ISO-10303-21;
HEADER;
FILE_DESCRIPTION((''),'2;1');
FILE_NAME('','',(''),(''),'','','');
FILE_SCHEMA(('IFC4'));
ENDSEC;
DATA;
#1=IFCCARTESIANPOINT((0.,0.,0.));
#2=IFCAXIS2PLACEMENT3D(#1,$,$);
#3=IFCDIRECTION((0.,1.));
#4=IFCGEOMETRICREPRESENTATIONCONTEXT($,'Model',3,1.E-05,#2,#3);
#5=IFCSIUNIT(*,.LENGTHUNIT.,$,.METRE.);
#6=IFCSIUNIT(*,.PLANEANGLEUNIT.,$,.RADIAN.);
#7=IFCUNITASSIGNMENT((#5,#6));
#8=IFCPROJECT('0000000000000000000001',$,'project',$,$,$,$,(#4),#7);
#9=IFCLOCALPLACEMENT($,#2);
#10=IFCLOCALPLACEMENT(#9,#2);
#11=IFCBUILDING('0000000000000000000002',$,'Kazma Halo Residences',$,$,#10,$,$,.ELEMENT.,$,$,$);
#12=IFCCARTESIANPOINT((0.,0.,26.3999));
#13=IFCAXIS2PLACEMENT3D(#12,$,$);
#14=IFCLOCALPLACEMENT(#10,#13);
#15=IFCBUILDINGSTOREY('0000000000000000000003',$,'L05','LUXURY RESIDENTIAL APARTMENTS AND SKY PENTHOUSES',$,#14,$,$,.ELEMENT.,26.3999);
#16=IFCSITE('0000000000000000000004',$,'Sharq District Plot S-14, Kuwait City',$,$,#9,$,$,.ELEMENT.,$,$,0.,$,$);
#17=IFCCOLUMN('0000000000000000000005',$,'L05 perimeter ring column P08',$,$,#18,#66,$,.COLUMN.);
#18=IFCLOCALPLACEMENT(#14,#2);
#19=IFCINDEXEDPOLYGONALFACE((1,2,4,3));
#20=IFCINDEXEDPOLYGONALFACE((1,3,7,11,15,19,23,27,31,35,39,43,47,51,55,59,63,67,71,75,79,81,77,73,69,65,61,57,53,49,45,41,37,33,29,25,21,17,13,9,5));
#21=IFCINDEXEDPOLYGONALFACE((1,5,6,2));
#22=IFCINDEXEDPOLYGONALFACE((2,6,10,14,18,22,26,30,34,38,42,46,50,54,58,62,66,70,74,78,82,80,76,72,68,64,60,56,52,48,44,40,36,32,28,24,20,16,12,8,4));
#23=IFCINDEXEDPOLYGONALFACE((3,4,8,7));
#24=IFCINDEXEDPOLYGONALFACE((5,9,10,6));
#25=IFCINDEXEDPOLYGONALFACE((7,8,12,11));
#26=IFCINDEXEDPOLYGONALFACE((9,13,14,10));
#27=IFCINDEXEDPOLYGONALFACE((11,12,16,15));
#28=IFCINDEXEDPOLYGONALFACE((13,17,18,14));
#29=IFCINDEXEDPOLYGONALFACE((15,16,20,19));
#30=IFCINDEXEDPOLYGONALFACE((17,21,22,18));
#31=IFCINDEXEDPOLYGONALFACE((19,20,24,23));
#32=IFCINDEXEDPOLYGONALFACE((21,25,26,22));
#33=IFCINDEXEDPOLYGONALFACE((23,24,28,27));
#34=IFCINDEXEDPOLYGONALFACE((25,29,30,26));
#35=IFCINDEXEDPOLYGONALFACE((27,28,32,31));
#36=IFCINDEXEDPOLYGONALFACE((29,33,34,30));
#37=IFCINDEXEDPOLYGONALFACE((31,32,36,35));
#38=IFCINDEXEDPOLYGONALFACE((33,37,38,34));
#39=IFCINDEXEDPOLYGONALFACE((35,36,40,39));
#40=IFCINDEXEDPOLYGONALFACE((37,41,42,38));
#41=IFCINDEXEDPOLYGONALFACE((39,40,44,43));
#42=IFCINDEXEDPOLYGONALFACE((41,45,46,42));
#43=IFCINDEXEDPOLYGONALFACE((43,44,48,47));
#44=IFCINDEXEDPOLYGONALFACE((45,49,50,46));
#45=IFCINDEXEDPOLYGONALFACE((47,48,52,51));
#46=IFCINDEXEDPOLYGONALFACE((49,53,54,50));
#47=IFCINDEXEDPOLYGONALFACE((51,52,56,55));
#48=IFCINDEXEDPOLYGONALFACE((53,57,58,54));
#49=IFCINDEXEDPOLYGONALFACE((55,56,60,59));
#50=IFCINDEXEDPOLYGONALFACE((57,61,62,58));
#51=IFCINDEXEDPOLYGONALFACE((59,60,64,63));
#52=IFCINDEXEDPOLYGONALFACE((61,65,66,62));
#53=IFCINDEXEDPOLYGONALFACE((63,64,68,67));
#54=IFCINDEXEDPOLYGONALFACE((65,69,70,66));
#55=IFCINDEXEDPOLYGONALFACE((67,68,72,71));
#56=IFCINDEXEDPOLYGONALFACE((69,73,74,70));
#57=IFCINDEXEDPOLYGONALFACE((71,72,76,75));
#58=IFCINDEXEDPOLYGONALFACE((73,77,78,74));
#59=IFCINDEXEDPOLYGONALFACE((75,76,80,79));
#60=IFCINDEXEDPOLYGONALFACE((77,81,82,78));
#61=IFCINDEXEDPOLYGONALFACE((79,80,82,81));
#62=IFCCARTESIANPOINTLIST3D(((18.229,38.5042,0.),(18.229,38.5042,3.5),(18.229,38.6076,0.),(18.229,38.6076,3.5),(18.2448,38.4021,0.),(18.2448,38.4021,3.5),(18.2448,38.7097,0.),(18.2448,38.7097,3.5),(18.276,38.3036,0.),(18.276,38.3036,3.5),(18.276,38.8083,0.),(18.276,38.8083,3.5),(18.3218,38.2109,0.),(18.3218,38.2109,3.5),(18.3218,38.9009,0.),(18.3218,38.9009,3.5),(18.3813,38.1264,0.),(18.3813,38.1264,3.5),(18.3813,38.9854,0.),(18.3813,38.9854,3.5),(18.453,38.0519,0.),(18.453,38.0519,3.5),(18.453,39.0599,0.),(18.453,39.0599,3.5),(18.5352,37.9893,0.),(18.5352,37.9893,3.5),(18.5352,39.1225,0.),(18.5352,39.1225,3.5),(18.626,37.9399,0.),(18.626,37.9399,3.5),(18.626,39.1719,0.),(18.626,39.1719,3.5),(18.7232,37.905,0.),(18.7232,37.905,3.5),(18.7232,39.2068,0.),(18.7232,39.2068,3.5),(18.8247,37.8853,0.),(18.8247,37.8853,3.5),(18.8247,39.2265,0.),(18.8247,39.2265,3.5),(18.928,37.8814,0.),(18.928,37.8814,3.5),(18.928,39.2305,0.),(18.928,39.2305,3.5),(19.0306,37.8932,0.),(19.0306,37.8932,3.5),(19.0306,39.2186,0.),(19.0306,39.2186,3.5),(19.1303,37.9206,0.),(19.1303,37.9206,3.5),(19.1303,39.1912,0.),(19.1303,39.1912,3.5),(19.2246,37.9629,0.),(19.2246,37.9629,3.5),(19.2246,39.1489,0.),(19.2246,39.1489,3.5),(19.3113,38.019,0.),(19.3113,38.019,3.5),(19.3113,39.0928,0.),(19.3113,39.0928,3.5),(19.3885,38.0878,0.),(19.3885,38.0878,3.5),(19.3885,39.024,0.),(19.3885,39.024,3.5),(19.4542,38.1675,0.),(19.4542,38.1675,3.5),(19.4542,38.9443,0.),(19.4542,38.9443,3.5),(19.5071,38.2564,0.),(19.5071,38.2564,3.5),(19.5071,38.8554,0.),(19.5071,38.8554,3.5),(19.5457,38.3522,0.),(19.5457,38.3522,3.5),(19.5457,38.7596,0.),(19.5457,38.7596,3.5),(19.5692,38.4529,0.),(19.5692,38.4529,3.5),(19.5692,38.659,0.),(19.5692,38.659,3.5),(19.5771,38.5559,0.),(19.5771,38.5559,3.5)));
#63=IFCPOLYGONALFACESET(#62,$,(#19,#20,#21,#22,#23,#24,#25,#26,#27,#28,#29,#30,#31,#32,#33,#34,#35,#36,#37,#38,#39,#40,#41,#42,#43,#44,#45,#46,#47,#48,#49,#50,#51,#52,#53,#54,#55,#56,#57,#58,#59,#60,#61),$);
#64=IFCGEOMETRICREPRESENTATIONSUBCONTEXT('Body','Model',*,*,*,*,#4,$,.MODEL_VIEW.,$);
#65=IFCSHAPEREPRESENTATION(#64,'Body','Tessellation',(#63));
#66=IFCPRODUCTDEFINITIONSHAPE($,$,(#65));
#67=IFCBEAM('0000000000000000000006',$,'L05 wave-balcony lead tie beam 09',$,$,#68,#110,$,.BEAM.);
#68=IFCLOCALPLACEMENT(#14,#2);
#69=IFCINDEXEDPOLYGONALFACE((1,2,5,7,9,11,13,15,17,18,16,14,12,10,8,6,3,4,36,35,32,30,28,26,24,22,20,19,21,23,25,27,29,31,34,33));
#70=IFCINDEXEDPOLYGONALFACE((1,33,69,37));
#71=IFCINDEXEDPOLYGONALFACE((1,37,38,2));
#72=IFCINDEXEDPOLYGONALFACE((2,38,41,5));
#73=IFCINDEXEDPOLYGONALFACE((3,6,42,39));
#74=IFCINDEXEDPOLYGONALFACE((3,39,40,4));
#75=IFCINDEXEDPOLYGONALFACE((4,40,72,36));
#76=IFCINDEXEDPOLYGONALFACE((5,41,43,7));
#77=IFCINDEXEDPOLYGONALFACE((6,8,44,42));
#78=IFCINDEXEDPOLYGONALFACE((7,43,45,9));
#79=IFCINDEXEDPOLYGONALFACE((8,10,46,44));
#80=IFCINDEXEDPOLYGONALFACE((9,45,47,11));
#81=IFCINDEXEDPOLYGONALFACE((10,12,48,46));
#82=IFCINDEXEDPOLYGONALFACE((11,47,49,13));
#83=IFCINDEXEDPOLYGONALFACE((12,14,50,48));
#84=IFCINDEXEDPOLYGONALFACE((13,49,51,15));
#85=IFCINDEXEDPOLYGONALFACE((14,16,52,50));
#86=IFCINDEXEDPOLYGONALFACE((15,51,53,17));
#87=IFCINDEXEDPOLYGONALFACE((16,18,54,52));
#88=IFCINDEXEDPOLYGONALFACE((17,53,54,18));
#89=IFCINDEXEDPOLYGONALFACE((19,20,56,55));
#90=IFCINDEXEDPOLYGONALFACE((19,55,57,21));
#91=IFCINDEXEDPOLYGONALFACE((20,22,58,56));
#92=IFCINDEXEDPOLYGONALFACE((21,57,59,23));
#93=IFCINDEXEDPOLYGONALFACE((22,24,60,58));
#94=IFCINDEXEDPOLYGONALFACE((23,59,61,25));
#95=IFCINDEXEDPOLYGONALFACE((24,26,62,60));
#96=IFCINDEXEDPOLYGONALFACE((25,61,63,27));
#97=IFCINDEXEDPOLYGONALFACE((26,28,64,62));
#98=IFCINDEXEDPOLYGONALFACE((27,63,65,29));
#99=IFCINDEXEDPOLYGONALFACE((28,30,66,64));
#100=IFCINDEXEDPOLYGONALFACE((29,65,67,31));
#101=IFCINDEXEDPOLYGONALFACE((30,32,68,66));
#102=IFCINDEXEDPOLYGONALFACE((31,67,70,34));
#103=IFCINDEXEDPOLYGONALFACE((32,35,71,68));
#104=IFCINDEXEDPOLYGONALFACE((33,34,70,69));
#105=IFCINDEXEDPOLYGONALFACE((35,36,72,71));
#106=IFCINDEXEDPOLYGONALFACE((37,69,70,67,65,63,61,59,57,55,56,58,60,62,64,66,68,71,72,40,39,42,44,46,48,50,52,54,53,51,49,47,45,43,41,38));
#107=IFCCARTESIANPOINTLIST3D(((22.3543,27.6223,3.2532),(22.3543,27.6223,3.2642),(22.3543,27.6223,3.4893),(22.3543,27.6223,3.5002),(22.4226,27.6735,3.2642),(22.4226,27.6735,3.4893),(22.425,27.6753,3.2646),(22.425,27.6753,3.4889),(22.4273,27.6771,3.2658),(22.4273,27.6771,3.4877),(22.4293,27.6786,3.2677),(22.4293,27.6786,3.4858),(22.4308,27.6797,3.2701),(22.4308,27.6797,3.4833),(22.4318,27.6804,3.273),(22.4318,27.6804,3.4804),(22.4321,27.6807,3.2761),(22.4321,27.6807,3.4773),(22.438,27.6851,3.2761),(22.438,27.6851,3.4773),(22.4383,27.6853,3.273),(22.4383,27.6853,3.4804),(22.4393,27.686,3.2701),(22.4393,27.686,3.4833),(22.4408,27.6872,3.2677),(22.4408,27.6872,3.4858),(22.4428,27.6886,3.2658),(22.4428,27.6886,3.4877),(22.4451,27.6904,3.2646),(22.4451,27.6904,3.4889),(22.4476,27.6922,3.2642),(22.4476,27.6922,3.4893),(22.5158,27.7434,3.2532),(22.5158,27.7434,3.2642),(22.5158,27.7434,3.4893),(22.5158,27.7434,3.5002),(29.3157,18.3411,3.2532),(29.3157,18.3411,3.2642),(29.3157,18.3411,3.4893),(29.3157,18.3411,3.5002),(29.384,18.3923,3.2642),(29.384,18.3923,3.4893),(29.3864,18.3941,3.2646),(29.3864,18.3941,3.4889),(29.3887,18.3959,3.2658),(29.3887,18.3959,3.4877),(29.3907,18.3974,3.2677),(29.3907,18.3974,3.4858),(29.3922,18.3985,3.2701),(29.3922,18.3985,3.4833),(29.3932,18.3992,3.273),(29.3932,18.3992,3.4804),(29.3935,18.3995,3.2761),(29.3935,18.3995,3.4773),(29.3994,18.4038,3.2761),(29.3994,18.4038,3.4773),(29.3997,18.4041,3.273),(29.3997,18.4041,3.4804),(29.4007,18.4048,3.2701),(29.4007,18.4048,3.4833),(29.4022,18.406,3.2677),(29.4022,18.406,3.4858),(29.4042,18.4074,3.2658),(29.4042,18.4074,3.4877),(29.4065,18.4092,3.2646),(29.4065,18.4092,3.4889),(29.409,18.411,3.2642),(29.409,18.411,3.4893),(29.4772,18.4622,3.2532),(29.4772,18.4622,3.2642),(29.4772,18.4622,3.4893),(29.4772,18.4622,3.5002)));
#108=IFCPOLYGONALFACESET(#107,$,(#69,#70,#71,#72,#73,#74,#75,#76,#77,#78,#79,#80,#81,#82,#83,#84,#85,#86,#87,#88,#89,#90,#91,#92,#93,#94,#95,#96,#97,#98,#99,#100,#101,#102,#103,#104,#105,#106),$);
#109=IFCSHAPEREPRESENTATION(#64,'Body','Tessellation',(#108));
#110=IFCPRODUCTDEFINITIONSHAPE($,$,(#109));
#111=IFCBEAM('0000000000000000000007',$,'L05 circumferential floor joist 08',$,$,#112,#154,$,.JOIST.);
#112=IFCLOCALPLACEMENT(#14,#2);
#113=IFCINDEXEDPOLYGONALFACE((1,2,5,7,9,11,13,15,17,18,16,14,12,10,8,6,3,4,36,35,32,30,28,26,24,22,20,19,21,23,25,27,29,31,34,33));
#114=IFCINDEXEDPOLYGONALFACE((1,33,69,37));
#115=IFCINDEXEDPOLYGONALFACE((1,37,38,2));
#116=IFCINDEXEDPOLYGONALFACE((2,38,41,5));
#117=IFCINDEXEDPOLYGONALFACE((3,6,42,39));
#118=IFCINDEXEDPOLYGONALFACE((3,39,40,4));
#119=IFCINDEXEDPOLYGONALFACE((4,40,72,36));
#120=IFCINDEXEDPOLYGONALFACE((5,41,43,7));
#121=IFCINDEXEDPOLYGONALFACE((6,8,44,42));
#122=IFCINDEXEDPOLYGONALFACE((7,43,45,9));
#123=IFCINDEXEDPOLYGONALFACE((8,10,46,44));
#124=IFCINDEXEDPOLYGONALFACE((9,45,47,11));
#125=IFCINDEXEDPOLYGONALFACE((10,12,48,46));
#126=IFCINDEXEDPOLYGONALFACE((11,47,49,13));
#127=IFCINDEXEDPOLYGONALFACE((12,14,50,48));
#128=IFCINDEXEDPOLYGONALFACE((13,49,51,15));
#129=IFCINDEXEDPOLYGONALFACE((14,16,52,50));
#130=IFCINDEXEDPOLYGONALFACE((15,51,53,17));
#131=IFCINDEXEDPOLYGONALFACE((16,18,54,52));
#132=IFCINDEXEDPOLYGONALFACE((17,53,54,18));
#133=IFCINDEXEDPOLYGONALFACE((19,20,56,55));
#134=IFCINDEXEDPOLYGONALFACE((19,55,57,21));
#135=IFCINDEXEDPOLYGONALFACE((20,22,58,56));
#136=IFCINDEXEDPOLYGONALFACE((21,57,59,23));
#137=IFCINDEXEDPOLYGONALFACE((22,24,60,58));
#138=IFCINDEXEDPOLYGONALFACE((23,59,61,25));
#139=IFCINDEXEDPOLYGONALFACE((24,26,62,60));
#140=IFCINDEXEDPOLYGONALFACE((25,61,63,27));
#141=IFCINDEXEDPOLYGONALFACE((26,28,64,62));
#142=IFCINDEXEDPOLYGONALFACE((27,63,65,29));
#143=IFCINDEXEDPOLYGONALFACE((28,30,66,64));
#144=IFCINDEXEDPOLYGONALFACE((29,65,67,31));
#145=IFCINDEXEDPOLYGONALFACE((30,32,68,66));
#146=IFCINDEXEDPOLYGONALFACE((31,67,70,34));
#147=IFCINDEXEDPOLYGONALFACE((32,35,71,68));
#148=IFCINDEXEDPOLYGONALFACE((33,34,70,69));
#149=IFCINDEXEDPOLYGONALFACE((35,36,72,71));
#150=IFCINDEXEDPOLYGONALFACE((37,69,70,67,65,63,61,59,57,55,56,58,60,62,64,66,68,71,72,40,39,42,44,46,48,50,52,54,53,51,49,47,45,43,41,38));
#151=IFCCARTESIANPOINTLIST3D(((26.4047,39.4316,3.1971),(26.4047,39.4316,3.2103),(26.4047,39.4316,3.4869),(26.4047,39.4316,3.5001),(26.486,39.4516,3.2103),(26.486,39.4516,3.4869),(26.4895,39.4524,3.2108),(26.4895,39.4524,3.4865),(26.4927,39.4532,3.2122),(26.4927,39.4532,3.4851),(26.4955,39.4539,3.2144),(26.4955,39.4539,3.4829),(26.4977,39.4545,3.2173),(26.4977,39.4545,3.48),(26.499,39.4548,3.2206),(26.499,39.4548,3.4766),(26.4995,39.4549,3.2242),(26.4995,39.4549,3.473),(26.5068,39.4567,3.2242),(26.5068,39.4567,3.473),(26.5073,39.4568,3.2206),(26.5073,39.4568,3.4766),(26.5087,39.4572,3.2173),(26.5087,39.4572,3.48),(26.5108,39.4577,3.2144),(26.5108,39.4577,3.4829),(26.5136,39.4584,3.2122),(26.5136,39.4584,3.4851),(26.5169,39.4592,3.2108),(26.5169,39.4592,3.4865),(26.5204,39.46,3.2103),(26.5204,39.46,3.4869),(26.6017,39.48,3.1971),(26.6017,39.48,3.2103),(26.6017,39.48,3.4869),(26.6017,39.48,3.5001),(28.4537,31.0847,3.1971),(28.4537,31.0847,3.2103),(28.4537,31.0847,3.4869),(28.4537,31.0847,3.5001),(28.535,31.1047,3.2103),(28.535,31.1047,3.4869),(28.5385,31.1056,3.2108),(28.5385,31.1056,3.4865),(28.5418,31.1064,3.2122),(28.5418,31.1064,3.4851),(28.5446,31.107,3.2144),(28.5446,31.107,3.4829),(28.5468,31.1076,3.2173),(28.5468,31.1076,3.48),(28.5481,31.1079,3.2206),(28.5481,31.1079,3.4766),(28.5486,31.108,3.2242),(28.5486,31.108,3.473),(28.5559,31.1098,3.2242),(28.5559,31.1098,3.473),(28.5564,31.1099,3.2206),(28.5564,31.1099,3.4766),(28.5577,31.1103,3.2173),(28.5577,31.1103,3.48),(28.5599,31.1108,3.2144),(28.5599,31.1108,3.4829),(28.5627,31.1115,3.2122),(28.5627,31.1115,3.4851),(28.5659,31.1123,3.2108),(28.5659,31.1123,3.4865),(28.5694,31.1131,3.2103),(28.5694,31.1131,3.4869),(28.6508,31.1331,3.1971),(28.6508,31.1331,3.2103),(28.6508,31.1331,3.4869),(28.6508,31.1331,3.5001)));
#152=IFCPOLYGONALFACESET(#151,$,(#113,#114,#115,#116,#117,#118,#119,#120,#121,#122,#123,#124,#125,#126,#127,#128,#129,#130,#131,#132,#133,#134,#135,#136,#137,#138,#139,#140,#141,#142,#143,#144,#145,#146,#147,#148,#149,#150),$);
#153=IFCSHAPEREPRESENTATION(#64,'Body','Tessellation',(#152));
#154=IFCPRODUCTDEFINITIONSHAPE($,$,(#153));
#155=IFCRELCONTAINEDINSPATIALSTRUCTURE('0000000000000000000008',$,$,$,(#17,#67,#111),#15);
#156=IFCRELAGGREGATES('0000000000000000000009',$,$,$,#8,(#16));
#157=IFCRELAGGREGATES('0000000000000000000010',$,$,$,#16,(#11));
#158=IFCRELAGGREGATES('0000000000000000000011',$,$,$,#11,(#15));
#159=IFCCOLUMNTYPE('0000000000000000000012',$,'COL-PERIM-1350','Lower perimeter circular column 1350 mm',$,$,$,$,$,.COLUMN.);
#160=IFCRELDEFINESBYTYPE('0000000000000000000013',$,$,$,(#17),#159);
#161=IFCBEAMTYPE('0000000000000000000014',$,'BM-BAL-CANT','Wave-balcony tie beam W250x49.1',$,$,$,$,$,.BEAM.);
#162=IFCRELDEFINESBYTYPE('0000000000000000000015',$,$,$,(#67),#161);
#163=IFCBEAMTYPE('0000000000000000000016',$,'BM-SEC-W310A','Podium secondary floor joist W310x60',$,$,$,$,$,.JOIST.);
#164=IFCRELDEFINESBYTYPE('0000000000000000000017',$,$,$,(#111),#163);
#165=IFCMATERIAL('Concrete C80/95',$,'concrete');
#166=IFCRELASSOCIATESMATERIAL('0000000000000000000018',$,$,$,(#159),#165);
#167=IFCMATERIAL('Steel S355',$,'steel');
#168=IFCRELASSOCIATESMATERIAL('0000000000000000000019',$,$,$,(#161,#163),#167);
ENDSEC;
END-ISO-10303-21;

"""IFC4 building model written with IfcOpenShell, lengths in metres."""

from ifc_helpers import new_model, si_unit, direction, frame, origin, origin_2d, place, context, subcontext, project, spatial, circle, i_section, extrude, material, material_profile, profile_set, type_object, element, save


model = new_model("IFC4")

# Units and contexts
model_context = context("Model", 3, precision=1e-05, world=origin(), true_north=direction((0.0, 1.0)))
body_context = subcontext(model_context, "Body", "Model", "MODEL_VIEW")
ifc_project = project(units=[si_unit("LENGTHUNIT", "METRE"), si_unit("PLANEANGLEUNIT", "RADIAN")], contexts=[model_context])

# Site, building, storey
site_placement = place(None, origin())
site = spatial("IfcSite", under=ifc_project, at=site_placement, Name="Sharq District Plot S-14, Kuwait City", CompositionType="ELEMENT", RefElevation=0.0)
building_placement = place(site_placement, origin())
building = spatial("IfcBuilding", under=site, at=building_placement, Name="Kazma Halo Residences", CompositionType="ELEMENT")
storey_placement = place(building_placement, frame((0.0, 0.0, 26.3999)))
storey = spatial("IfcBuildingStorey", under=building, at=storey_placement, Name="L05", Description="LUXURY RESIDENTIAL APARTMENTS AND SKY PENTHOUSES", CompositionType="ELEMENT", Elevation=26.3999)

# Column
ifc_material_1 = material(Name="Concrete C80/95", Category="concrete")
ifc_material_profile_1 = material_profile(ifc_material_1, circle(Radius=0.675, at=origin_2d()), Name="CIRC1350")
ifc_profile_set_1 = profile_set([ifc_material_profile_1], Name="Concrete C80/95")
column_type = type_object("IfcColumnType", Name="COL-PERIM-1350", Description="Lower perimeter circular column 1350 mm", PredefinedType="COLUMN", material=ifc_profile_set_1)
column_placement = place(storey_placement, frame((18.9021, 38.5559, 0.0), z_axis=(0.0, 0.0, 1.0), x_axis=(1.0, 0.0, 0.0)))
element("IfcColumn", 1, at=column_placement, inside=storey, type_object=column_type, Name="L05 perimeter ring column P08", PredefinedType="COLUMN", context=body_context, shape_type="SweptSolid", body=[
    extrude(circle(Radius=0.675, at=origin_2d()), origin(), (0.0, 0.0, 1.0), 3.5),
])

# Beams
ifc_material_2 = material(Name="Steel S355", Category="steel")
ifc_material_profile_2 = material_profile(ifc_material_2, i_section(OverallWidth=0.2019, OverallDepth=0.2471, WebThickness=0.0073, FlangeThickness=0.011, FilletRadius=0.012, at=origin_2d()), Name="W250x49.1")
ifc_profile_set_2 = profile_set([ifc_material_profile_2], Name="Steel S355")
beam_type_1 = type_object("IfcBeamType", Name="BM-BAL-CANT", Description="Wave-balcony tie beam W250x49.1", PredefinedType="BEAM", material=ifc_profile_set_2)
beam_1_placement = place(storey_placement, frame((22.4351, 27.6829, 3.3767), z_axis=(0.600027, -0.79998, 0.0), x_axis=(0.79998, 0.600027, 0.0)))
element("IfcBeam", 2, at=beam_1_placement, inside=storey, type_object=beam_type_1, Name="L05 wave-balcony lead tie beam 09", PredefinedType="BEAM", context=body_context, shape_type="SweptSolid", body=[
    extrude(i_section(OverallWidth=0.2019, OverallDepth=0.2471, WebThickness=0.0073, FlangeThickness=0.011, FilletRadius=0.012, at=origin_2d()), origin(), (0.0, 0.0, 1.0), 11.6018),
])
ifc_material_profile_3 = material_profile(ifc_material_2, i_section(OverallWidth=0.2029, OverallDepth=0.303, WebThickness=0.0076, FlangeThickness=0.0132, FilletRadius=0.0139, at=origin_2d()), Name="W310x60")
ifc_profile_set_3 = profile_set([ifc_material_profile_3], Name="Steel S355")
beam_type_2 = type_object("IfcBeamType", Name="BM-SEC-W310A", Description="Podium secondary floor joist W310x60", PredefinedType="JOIST", material=ifc_profile_set_3)
beam_2_placement = place(storey_placement, frame((26.5032, 39.4558, 3.3486), z_axis=(0.23841, -0.971165, 0.0), x_axis=(0.971165, 0.23841, 0.0)))
element("IfcBeam", 3, at=beam_2_placement, inside=storey, type_object=beam_type_2, Name="L05 circumferential floor joist 08", PredefinedType="JOIST", context=body_context, shape_type="SweptSolid", body=[
    extrude(i_section(OverallWidth=0.2029, OverallDepth=0.303, WebThickness=0.0076, FlangeThickness=0.0132, FilletRadius=0.0139, at=origin_2d()), origin(), (0.0, 0.0, 1.0), 8.5947),
])

save(model, "model.ifc")
